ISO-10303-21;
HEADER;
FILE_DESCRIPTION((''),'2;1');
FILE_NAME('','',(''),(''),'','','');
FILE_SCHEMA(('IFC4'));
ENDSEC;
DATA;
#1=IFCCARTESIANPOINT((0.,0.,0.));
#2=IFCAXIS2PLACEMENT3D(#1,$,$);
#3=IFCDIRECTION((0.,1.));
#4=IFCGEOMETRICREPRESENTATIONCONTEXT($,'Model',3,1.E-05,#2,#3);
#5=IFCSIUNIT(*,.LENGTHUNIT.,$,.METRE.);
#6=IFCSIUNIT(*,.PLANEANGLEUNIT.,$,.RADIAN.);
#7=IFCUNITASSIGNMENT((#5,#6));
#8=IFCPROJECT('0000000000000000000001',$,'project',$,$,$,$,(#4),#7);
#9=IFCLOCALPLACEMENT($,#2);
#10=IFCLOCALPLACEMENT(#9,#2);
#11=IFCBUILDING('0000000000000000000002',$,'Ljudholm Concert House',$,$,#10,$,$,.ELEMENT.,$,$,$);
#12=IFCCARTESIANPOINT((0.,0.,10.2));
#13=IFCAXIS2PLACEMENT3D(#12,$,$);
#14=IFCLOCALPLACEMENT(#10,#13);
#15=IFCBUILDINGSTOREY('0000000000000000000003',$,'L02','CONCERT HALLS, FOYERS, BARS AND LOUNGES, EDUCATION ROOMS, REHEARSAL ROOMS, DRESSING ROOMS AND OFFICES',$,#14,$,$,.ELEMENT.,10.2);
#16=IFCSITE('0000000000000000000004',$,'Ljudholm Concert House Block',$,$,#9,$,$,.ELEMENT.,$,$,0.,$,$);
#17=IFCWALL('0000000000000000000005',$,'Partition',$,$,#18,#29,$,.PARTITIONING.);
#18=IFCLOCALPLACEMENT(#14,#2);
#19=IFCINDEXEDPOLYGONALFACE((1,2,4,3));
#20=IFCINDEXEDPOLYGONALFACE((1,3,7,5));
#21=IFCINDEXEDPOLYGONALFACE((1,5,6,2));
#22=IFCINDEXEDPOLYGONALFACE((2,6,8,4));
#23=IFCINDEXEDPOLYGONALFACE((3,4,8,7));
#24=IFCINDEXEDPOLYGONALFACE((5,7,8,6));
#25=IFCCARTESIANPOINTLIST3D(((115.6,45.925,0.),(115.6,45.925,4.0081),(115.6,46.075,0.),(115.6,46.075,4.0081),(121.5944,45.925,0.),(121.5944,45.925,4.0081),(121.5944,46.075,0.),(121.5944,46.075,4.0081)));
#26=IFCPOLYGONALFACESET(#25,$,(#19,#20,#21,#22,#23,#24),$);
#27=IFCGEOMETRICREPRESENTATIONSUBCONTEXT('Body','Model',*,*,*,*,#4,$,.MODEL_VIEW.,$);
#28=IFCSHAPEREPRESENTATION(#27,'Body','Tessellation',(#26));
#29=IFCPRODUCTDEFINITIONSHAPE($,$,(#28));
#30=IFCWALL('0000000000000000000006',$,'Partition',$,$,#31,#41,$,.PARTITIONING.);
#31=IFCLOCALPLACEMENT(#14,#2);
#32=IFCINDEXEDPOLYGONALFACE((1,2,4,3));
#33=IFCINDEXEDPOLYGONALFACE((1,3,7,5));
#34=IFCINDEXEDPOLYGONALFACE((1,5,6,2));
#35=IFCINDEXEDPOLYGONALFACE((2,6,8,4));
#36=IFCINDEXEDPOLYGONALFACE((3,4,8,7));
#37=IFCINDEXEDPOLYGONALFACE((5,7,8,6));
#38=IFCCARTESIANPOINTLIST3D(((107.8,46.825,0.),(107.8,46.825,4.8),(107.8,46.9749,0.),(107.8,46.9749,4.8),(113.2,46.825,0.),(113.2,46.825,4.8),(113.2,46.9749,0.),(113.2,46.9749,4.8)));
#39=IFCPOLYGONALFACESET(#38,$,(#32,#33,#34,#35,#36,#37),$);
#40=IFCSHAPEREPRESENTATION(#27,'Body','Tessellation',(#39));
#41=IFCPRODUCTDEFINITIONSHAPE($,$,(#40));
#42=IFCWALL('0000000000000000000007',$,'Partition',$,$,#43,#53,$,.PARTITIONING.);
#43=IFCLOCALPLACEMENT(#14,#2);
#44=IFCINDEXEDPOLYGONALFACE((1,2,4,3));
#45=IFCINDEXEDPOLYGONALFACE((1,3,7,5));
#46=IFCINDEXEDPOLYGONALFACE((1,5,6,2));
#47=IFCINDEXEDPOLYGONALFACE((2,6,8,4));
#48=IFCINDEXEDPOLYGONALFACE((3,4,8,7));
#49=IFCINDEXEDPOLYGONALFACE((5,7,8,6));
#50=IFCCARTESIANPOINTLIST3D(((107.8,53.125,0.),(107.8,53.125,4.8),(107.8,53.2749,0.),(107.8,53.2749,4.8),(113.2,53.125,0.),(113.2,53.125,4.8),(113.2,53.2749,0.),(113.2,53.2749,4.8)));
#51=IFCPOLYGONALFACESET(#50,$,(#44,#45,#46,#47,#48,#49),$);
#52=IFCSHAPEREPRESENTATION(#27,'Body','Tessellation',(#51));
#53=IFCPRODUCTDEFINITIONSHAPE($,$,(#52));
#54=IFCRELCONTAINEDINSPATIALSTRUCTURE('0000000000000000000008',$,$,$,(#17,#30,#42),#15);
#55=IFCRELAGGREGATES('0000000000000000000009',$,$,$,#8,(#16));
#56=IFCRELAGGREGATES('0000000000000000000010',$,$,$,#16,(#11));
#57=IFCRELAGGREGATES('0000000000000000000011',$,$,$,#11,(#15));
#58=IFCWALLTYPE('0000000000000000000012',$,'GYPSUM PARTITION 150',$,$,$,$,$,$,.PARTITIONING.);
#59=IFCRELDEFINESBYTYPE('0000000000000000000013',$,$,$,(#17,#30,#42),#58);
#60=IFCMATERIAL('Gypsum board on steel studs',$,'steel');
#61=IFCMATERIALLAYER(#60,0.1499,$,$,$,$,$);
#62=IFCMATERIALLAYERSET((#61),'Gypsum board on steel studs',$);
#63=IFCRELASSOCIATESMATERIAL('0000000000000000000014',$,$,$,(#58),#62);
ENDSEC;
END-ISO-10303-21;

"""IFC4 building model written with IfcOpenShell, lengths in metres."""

from ifc_helpers import new_model, si_unit, direction, frame, frame_2d, origin, place, context, subcontext, project, spatial, rectangle, extrude, material, layer, layer_set, type_object, element, save


model = new_model("IFC4")

# Units and contexts
model_context = context("Model", 3, precision=1e-05, world=origin(), true_north=direction((0.0, 1.0)))
body_context = subcontext(model_context, "Body", "Model", "MODEL_VIEW")
ifc_project = project(units=[si_unit("LENGTHUNIT", "METRE"), si_unit("PLANEANGLEUNIT", "RADIAN")], contexts=[model_context])

# Site, building, storey
site_placement = place(None, origin())
site = spatial("IfcSite", under=ifc_project, at=site_placement, Name="Ljudholm Concert House Block", CompositionType="ELEMENT", RefElevation=0.0)
building_placement = place(site_placement, origin())
building = spatial("IfcBuilding", under=site, at=building_placement, Name="Ljudholm Concert House", CompositionType="ELEMENT")
storey_placement = place(building_placement, frame((0.0, 0.0, 10.2)))
storey = spatial("IfcBuildingStorey", under=building, at=storey_placement, Name="L02", Description="CONCERT HALLS, FOYERS, BARS AND LOUNGES, EDUCATION ROOMS, REHEARSAL ROOMS, DRESSING ROOMS AND OFFICES", CompositionType="ELEMENT", Elevation=10.2)

# Shared definitions
ifc_material_1 = material(Name="Gypsum board on steel studs", Category="steel")
ifc_layer = layer(ifc_material_1, 0.1499)
ifc_layer_set = layer_set([ifc_layer], Name="Gypsum board on steel studs")
wall_type = type_object("IfcWallType", Name="GYPSUM PARTITION 150", PredefinedType="PARTITIONING", material=ifc_layer_set)

# Walls
wall_1_placement = place(storey_placement, frame((115.6001, 46.0, 0.0), z_axis=(0.0, 0.0, 1.0), x_axis=(1.0, 0.0, 0.0)))
element("IfcWall", 1, at=wall_1_placement, inside=storey, type_object=wall_type, Name="Partition", PredefinedType="PARTITIONING", context=body_context, shape_type="SweptSolid", body=[
    extrude(rectangle(XDim=5.9944, YDim=0.1499, at=frame_2d((2.9971, 0.0))), origin(), (0.0, 0.0, 1.0), 4.0081),
])
for number, where, z_axis, x_axis, name in (
    (2, (107.8, 46.8999, 0.0), (0.0, 0.0, 1.0), (1.0, 0.0, 0.0), "Partition"),
    (3, (107.8, 53.2, 0.0), (0.0, 0.0, 1.0), (1.0, 0.0, 0.0), "Partition"),
):
    element("IfcWall", number, at=place(storey_placement, frame(where, z_axis=z_axis, x_axis=x_axis)), inside=storey, type_object=wall_type, Name=name, PredefinedType="PARTITIONING", context=body_context, shape_type="SweptSolid", body=[
        extrude(rectangle(XDim=5.3999, YDim=0.1499, at=frame_2d((2.7, 0.0))), origin(), (0.0, 0.0, 1.0), 4.8),
    ])

save(model, "model.ifc")
